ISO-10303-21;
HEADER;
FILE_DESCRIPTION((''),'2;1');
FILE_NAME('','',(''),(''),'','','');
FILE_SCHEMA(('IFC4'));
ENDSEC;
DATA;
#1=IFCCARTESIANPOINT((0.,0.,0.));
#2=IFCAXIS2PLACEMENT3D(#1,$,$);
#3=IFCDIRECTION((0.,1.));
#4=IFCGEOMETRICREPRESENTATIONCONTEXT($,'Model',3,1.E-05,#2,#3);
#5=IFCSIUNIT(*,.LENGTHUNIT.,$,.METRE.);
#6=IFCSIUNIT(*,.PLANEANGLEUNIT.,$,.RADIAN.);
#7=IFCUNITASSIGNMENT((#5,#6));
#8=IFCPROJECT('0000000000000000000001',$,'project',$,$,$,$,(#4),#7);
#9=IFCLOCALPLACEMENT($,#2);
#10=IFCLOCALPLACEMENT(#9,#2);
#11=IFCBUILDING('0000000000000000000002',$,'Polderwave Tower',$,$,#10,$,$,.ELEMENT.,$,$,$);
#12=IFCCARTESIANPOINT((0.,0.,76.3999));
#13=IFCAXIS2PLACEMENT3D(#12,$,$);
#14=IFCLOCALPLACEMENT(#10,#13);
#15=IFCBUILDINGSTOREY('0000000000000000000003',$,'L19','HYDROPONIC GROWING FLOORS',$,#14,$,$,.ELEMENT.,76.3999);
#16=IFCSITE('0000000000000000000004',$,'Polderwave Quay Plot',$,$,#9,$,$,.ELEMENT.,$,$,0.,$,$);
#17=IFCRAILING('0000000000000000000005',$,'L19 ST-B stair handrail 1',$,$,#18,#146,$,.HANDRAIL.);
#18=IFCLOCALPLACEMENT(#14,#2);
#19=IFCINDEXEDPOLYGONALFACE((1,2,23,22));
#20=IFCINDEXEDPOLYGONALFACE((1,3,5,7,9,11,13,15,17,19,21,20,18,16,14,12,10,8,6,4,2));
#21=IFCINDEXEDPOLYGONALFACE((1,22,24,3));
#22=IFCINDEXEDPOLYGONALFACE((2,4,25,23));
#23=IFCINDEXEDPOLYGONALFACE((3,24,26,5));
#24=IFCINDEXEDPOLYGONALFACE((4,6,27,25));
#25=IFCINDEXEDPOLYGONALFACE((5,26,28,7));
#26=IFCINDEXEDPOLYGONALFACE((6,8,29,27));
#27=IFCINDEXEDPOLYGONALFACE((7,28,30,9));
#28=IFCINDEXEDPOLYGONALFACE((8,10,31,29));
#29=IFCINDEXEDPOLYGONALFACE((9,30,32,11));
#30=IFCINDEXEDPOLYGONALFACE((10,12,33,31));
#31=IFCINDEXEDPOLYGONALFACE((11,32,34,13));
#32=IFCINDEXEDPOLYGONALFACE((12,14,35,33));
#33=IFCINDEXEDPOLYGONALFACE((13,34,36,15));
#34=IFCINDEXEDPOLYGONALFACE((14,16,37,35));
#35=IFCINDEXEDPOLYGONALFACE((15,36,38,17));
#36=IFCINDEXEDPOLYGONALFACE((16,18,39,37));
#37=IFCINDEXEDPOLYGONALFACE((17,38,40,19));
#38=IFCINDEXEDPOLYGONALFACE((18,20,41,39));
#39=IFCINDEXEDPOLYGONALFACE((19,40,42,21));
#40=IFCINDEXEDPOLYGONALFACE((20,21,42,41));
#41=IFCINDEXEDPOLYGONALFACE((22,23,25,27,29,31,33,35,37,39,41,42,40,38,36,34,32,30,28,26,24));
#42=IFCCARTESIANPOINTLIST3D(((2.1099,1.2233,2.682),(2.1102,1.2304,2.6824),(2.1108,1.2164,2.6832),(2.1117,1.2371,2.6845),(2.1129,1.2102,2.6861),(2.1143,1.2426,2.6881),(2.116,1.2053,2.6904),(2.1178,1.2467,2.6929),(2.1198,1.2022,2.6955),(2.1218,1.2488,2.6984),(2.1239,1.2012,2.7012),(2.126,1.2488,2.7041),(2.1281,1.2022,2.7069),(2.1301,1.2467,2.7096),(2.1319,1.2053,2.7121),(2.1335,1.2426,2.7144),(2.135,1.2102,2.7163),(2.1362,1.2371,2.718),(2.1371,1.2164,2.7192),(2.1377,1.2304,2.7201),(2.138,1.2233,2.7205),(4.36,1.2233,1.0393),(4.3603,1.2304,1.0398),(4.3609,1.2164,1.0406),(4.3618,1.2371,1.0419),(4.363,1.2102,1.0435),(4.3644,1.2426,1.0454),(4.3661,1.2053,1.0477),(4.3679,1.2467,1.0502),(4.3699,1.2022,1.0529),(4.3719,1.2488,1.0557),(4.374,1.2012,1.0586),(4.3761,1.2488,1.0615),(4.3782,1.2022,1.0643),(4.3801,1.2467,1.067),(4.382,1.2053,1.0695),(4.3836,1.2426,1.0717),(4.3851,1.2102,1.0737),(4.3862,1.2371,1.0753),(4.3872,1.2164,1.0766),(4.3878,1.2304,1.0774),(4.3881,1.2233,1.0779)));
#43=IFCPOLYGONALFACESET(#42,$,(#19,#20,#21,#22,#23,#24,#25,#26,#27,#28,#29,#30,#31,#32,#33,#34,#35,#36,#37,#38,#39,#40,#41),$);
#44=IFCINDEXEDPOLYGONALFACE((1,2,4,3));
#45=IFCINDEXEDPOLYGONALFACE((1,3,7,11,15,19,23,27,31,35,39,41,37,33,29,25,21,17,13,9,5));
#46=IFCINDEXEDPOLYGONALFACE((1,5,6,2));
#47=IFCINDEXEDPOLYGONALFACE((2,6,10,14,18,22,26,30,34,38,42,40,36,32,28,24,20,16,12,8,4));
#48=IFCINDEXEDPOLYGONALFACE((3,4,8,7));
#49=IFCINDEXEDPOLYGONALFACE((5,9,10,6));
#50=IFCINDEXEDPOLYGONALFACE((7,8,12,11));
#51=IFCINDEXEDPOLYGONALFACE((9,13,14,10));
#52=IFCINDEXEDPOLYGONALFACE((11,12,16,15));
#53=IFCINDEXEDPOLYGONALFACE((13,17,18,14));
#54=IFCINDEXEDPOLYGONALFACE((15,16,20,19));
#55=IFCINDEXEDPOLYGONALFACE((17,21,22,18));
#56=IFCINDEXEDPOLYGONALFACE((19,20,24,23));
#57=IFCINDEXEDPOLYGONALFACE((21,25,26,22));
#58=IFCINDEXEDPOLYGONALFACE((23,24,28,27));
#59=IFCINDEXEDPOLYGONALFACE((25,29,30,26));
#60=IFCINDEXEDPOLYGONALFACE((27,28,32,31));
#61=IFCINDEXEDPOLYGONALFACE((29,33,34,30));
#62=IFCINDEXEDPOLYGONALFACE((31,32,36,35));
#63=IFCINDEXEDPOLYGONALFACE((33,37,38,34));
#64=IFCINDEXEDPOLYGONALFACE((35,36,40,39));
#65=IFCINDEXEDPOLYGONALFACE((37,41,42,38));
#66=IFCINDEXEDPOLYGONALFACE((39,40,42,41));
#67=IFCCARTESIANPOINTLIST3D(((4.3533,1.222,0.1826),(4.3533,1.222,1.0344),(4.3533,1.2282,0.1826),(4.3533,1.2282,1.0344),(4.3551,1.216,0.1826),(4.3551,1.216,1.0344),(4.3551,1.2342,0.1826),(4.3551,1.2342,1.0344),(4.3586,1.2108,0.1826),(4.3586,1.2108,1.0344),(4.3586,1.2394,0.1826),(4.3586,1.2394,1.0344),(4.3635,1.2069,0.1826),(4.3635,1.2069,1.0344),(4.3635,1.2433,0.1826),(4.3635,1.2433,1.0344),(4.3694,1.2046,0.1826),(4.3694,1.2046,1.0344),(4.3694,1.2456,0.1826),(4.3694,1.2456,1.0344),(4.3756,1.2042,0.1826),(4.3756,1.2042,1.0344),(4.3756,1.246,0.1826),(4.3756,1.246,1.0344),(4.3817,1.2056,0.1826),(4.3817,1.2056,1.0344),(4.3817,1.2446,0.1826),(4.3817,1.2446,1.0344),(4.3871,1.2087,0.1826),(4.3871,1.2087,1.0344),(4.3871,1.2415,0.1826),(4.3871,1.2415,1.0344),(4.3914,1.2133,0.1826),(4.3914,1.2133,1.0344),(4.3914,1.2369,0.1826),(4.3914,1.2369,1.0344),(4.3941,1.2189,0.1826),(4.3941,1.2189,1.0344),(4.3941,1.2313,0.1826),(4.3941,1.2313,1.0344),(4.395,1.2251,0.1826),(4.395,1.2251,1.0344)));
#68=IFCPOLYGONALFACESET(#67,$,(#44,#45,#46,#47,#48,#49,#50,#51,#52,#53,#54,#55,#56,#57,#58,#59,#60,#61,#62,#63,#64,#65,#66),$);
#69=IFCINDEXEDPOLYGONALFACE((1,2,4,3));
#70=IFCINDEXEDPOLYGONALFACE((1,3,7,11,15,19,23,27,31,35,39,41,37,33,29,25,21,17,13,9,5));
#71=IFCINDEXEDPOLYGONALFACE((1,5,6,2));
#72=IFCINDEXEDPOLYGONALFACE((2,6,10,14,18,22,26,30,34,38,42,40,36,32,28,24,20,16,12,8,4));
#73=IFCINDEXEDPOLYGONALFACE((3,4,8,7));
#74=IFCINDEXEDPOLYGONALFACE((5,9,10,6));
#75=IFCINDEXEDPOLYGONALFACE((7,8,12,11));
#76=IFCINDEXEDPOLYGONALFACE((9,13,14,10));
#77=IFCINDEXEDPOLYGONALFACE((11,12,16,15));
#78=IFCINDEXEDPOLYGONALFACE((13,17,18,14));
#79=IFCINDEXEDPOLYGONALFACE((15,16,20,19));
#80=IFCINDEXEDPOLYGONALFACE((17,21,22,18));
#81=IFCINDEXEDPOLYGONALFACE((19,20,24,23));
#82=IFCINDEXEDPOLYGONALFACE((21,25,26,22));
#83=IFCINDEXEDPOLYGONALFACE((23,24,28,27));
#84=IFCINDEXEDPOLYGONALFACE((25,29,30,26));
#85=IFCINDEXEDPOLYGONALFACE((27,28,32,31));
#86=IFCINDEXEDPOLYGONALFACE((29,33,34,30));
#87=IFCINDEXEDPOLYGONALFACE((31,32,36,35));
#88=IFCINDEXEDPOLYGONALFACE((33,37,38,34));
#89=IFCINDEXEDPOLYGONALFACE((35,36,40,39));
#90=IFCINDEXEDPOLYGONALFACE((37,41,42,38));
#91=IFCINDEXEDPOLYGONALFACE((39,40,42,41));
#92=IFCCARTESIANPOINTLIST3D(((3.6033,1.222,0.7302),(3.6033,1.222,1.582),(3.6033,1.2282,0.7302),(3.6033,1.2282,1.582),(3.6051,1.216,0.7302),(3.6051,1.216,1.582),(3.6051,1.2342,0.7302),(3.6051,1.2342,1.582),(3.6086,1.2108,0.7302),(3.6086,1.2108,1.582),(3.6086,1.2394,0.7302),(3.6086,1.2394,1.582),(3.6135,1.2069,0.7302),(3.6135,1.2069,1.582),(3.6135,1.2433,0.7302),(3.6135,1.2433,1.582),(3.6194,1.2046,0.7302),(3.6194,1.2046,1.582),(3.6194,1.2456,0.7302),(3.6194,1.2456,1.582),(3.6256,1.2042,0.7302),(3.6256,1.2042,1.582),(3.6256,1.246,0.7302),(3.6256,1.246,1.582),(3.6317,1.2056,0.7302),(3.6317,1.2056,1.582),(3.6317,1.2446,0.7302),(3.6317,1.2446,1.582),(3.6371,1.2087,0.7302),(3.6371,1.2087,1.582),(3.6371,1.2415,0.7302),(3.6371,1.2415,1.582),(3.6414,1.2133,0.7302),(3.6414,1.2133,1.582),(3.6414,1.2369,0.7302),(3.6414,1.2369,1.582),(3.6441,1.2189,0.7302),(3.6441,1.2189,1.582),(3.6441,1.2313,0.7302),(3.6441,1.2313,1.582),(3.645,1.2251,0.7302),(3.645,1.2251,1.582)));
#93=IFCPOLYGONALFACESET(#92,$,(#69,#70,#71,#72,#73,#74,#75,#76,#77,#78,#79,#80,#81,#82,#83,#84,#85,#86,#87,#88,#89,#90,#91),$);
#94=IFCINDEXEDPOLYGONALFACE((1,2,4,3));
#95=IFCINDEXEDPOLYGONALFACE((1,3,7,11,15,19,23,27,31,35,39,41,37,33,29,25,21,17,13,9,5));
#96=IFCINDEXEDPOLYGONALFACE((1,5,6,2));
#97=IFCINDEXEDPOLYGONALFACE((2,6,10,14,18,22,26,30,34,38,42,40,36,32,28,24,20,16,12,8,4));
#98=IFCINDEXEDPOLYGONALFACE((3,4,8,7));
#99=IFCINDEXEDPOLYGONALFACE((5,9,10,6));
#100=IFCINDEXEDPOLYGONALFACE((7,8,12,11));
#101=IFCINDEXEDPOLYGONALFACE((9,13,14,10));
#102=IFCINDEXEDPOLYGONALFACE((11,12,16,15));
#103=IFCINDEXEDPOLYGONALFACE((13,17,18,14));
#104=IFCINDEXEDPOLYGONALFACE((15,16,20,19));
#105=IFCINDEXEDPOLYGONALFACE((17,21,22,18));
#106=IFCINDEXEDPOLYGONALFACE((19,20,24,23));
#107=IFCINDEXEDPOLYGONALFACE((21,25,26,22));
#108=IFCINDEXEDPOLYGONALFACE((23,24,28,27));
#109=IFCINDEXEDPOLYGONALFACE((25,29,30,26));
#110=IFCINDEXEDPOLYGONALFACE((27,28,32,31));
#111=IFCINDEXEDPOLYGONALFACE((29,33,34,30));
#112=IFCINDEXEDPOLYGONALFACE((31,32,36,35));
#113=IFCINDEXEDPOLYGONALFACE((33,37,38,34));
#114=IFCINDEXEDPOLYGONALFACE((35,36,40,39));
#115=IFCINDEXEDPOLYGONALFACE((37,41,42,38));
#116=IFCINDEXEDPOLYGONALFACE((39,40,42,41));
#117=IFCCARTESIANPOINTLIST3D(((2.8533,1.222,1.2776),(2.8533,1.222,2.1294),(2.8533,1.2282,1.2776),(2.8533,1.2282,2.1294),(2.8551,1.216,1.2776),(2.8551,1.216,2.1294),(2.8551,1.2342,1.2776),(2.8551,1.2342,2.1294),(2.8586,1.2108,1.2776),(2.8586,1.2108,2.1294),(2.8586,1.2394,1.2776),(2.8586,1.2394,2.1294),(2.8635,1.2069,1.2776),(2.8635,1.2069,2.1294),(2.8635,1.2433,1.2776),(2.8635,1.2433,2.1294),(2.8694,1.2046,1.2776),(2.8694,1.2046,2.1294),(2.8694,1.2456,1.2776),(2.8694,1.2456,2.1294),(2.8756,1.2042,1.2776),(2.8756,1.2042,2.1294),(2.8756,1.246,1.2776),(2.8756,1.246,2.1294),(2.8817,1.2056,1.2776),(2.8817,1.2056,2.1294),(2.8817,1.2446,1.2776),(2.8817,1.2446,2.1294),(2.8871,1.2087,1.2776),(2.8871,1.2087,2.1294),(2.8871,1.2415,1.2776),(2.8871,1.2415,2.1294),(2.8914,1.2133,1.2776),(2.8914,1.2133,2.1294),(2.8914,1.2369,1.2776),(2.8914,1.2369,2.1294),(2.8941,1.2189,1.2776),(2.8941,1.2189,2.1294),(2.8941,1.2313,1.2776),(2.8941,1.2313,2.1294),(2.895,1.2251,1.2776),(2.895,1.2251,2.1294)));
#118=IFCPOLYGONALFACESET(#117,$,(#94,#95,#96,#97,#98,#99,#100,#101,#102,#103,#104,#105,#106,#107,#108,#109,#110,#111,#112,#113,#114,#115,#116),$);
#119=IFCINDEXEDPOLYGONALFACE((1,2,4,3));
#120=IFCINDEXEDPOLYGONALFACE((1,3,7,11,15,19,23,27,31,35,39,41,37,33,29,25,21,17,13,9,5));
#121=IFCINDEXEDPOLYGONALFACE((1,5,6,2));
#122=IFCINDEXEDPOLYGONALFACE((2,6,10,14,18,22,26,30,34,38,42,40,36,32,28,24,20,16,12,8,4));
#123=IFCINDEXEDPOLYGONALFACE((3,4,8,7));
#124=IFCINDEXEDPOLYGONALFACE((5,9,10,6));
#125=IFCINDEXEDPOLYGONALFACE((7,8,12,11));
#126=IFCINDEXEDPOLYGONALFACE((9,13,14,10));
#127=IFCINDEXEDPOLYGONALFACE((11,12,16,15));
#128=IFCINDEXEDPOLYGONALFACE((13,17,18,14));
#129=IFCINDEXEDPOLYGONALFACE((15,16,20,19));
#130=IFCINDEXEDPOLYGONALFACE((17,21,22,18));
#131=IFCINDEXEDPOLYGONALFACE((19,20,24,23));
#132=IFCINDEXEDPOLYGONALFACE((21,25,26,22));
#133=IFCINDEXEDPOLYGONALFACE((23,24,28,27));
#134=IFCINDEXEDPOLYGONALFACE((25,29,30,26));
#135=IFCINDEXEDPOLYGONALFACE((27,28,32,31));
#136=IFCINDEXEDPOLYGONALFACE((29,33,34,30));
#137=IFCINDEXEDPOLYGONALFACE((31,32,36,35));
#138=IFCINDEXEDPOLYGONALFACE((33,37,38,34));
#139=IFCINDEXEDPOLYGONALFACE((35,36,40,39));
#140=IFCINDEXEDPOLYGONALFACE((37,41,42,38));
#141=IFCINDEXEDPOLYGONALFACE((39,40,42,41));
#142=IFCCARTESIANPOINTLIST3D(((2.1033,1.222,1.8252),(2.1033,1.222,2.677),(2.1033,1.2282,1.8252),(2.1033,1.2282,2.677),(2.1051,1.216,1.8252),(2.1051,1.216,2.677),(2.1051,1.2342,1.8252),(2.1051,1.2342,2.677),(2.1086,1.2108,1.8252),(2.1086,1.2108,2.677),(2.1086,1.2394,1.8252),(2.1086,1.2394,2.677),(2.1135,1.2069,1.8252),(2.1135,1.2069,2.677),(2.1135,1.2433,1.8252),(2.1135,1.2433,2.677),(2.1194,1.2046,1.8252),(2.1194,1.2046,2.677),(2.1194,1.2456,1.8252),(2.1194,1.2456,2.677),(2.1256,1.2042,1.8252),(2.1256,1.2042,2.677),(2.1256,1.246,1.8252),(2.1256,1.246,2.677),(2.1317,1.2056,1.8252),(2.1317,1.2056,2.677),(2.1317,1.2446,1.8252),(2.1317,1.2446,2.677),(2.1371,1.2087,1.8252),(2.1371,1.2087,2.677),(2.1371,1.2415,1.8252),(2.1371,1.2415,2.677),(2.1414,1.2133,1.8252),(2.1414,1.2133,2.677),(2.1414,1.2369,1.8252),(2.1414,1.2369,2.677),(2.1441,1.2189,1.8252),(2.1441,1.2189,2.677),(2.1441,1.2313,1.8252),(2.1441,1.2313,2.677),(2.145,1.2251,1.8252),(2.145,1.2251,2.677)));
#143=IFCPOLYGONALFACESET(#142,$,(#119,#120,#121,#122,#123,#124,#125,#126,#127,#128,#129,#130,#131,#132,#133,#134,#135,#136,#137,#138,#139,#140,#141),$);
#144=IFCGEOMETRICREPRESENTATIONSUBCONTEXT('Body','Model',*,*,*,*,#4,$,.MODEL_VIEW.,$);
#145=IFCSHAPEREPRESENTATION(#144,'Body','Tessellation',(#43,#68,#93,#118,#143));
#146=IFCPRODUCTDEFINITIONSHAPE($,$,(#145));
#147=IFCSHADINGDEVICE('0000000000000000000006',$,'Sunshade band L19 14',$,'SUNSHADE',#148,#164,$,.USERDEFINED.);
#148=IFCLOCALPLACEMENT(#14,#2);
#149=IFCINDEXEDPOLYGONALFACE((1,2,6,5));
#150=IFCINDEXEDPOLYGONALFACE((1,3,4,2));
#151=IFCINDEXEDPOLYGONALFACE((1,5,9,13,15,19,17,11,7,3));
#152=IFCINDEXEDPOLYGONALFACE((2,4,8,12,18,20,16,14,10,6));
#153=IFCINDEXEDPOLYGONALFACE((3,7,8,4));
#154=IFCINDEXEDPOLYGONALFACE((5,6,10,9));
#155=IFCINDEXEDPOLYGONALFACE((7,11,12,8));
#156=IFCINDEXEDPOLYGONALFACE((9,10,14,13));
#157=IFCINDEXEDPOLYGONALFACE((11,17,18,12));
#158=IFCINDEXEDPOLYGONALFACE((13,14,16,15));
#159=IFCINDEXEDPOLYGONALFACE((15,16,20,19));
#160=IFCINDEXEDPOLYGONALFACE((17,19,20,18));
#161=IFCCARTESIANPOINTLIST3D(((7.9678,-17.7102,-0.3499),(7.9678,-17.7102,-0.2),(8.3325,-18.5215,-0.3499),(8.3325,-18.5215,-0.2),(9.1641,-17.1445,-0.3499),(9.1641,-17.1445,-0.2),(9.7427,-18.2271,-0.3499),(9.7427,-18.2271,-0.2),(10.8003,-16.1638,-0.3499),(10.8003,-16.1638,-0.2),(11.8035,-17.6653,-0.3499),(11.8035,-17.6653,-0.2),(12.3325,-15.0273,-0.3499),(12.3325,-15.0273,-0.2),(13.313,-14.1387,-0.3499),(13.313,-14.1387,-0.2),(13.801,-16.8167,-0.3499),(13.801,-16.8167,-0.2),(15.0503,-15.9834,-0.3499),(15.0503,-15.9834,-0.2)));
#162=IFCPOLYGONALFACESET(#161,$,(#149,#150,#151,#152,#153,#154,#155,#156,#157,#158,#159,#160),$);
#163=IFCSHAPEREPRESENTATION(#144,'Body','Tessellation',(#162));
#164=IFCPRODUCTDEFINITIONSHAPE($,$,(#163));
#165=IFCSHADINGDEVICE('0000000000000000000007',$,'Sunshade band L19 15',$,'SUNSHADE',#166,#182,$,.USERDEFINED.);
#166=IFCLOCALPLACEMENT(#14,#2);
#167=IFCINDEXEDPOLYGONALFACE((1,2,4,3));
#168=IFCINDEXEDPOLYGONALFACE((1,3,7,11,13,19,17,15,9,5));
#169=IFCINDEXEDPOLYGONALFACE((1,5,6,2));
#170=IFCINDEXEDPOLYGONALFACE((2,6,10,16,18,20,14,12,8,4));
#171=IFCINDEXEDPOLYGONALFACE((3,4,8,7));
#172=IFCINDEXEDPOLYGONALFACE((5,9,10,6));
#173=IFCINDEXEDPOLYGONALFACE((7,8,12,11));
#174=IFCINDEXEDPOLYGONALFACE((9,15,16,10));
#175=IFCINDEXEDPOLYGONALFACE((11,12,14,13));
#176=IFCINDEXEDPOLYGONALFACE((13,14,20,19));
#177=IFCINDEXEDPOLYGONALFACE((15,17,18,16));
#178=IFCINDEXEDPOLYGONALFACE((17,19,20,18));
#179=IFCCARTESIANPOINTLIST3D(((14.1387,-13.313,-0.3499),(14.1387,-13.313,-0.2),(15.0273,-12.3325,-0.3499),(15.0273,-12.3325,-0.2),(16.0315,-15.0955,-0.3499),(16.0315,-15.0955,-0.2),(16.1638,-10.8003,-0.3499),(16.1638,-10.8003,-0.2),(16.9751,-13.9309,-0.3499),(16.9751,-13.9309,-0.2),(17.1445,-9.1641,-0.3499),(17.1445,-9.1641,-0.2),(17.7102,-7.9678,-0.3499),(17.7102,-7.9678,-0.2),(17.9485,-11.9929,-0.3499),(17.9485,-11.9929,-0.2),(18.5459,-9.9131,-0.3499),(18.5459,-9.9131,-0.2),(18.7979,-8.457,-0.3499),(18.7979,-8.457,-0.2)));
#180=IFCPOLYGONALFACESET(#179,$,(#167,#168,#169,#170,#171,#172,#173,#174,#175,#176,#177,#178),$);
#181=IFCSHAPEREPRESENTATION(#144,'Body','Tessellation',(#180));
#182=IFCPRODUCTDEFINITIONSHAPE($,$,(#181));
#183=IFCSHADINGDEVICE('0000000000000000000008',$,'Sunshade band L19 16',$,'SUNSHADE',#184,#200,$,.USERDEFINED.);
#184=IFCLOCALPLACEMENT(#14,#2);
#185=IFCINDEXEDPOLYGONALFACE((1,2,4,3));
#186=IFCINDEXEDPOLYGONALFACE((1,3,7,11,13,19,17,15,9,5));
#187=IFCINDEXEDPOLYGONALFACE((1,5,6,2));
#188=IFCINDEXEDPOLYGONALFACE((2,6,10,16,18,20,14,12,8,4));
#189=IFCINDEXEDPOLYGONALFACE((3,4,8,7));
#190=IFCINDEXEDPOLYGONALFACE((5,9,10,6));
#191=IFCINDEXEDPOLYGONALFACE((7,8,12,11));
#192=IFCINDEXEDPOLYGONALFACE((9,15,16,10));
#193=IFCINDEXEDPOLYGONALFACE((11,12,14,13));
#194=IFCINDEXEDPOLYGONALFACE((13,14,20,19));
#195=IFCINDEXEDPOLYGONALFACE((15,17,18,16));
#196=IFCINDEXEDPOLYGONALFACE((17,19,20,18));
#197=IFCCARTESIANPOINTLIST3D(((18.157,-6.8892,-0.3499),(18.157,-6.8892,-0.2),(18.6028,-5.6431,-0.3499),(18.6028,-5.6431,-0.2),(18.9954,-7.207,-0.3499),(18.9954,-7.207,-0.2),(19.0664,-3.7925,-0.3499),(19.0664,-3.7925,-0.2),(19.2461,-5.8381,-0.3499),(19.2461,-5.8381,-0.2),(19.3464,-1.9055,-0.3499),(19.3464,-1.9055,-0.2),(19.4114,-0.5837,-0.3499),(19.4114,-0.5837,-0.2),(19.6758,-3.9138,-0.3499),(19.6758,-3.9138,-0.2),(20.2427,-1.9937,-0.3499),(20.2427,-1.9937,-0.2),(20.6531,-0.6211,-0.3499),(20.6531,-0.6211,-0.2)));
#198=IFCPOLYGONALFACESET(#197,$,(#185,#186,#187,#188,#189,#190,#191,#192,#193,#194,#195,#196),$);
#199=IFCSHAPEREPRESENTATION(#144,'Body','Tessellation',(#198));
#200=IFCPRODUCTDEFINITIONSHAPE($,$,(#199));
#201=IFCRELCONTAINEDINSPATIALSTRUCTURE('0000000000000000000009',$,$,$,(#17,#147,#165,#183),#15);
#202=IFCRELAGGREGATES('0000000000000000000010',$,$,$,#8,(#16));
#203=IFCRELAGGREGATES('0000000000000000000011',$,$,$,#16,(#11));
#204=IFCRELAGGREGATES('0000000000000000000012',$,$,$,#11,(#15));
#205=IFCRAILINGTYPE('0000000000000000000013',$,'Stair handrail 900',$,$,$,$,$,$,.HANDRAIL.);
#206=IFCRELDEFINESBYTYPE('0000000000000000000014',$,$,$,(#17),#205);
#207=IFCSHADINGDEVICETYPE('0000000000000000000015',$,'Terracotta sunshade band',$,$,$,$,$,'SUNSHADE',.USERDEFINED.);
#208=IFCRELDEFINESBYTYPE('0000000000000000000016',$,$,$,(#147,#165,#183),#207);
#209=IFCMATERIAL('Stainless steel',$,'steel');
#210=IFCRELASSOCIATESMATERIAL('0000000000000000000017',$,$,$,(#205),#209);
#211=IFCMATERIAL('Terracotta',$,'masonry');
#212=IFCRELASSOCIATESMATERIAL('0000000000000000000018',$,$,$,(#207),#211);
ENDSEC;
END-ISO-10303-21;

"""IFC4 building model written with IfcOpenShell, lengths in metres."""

from ifc_helpers import new_model, si_unit, direction, frame, origin, origin_2d, place, context, subcontext, project, spatial, polyline, circle, outline, extrude, material, type_object, element, save


model = new_model("IFC4")

# Units and contexts
model_context = context("Model", 3, precision=1e-05, world=origin(), true_north=direction((0.0, 1.0)))
body_context = subcontext(model_context, "Body", "Model", "MODEL_VIEW")
ifc_project = project(units=[si_unit("LENGTHUNIT", "METRE"), si_unit("PLANEANGLEUNIT", "RADIAN")], contexts=[model_context])

# Site, building, storey
site_placement = place(None, origin())
site = spatial("IfcSite", under=ifc_project, at=site_placement, Name="Polderwave Quay Plot", CompositionType="ELEMENT", RefElevation=0.0)
building_placement = place(site_placement, origin())
building = spatial("IfcBuilding", under=site, at=building_placement, Name="Polderwave Tower", CompositionType="ELEMENT")
storey_placement = place(building_placement, frame((0.0, 0.0, 76.3999)))
storey = spatial("IfcBuildingStorey", under=building, at=storey_placement, Name="L19", Description="HYDROPONIC GROWING FLOORS", CompositionType="ELEMENT", Elevation=76.3999)

# Railing
ifc_material_1 = material(Name="Stainless steel", Category="steel")
railing_type_1 = type_object("IfcRailingType", Name="Stair handrail 900", PredefinedType="HANDRAIL", material=ifc_material_1)
railing_1_placement = place(storey_placement, frame((4.374, 1.2251, 0.1826)))
element("IfcRailing", 1, at=railing_1_placement, inside=storey, type_object=railing_type_1, Name="L19 ST-B stair handrail 1", PredefinedType="HANDRAIL", context=body_context, shape_type="SweptSolid", body=[
    extrude(circle(Radius=0.0239, at=origin_2d()), frame((0.0, 0.0, 0.876), z_axis=(-0.807674, 0.0, 0.58963), x_axis=(0.0, -1.0, 0.0)), (0.0, 0.0, 1.0), 2.7859),
    extrude(circle(Radius=0.021, at=origin_2d()), origin(), (0.0, 0.0, 1.0), 0.8518),
    extrude(circle(Radius=0.021, at=origin_2d()), frame((-0.75, 0.0, 0.5476)), (0.0, 0.0, 1.0), 0.8518),
    extrude(circle(Radius=0.021, at=origin_2d()), frame((-1.5, 0.0, 1.095)), (0.0, 0.0, 1.0), 0.8518),
    extrude(circle(Radius=0.021, at=origin_2d()), frame((-2.25, 0.0, 1.6426)), (0.0, 0.0, 1.0), 0.8518),
])

# Shading devices
ifc_material_2 = material(Name="Terracotta", Category="masonry")
shading_device_type = type_object("IfcShadingDeviceType", Name="Terracotta sunshade band", ElementType="SUNSHADE", PredefinedType="USERDEFINED", material=ifc_material_2)
shading_device_1_placement = place(storey_placement, frame((0.0, 0.0, -0.3499)))
element("IfcShadingDevice", 2, at=shading_device_1_placement, inside=storey, type_object=shading_device_type, Name="Sunshade band L19 14", ObjectType="SUNSHADE", PredefinedType="USERDEFINED", context=body_context, shape_type="SweptSolid", body=[
    extrude(outline(polyline([(7.9678, -17.7102), (9.1641, -17.1445), (10.8003, -16.1638), (12.3325, -15.0273), (13.313, -14.1387), (15.0503, -15.9834), (13.801, -16.8167), (11.8035, -17.6653), (9.7427, -18.2271), (8.3325, -18.5215), (7.9678, -17.7102)])), origin(), (0.0, 0.0, 1.0), 0.1499),
])
shading_device_2_placement = place(storey_placement, frame((0.0, 0.0, -0.3499)))
element("IfcShadingDevice", 3, at=shading_device_2_placement, inside=storey, type_object=shading_device_type, Name="Sunshade band L19 15", ObjectType="SUNSHADE", PredefinedType="USERDEFINED", context=body_context, shape_type="SweptSolid", body=[
    extrude(outline(polyline([(14.1387, -13.313), (15.0273, -12.3325), (16.1638, -10.8003), (17.1445, -9.1641), (17.7102, -7.9678), (18.7979, -8.457), (18.5459, -9.9131), (17.9485, -11.9929), (16.9751, -13.9309), (16.0315, -15.0955), (14.1387, -13.313)])), origin(), (0.0, 0.0, 1.0), 0.1499),
])
shading_device_3_placement = place(storey_placement, frame((0.0, 0.0, -0.3499)))
element("IfcShadingDevice", 4, at=shading_device_3_placement, inside=storey, type_object=shading_device_type, Name="Sunshade band L19 16", ObjectType="SUNSHADE", PredefinedType="USERDEFINED", context=body_context, shape_type="SweptSolid", body=[
    extrude(outline(polyline([(18.157, -6.8892), (18.6028, -5.6431), (19.0664, -3.7925), (19.3464, -1.9055), (19.4114, -0.5837), (20.6531, -0.6211), (20.2427, -1.9937), (19.6758, -3.9138), (19.2461, -5.8381), (18.9954, -7.207), (18.157, -6.8892)])), origin(), (0.0, 0.0, 1.0), 0.1499),
])

save(model, "model.ifc")
